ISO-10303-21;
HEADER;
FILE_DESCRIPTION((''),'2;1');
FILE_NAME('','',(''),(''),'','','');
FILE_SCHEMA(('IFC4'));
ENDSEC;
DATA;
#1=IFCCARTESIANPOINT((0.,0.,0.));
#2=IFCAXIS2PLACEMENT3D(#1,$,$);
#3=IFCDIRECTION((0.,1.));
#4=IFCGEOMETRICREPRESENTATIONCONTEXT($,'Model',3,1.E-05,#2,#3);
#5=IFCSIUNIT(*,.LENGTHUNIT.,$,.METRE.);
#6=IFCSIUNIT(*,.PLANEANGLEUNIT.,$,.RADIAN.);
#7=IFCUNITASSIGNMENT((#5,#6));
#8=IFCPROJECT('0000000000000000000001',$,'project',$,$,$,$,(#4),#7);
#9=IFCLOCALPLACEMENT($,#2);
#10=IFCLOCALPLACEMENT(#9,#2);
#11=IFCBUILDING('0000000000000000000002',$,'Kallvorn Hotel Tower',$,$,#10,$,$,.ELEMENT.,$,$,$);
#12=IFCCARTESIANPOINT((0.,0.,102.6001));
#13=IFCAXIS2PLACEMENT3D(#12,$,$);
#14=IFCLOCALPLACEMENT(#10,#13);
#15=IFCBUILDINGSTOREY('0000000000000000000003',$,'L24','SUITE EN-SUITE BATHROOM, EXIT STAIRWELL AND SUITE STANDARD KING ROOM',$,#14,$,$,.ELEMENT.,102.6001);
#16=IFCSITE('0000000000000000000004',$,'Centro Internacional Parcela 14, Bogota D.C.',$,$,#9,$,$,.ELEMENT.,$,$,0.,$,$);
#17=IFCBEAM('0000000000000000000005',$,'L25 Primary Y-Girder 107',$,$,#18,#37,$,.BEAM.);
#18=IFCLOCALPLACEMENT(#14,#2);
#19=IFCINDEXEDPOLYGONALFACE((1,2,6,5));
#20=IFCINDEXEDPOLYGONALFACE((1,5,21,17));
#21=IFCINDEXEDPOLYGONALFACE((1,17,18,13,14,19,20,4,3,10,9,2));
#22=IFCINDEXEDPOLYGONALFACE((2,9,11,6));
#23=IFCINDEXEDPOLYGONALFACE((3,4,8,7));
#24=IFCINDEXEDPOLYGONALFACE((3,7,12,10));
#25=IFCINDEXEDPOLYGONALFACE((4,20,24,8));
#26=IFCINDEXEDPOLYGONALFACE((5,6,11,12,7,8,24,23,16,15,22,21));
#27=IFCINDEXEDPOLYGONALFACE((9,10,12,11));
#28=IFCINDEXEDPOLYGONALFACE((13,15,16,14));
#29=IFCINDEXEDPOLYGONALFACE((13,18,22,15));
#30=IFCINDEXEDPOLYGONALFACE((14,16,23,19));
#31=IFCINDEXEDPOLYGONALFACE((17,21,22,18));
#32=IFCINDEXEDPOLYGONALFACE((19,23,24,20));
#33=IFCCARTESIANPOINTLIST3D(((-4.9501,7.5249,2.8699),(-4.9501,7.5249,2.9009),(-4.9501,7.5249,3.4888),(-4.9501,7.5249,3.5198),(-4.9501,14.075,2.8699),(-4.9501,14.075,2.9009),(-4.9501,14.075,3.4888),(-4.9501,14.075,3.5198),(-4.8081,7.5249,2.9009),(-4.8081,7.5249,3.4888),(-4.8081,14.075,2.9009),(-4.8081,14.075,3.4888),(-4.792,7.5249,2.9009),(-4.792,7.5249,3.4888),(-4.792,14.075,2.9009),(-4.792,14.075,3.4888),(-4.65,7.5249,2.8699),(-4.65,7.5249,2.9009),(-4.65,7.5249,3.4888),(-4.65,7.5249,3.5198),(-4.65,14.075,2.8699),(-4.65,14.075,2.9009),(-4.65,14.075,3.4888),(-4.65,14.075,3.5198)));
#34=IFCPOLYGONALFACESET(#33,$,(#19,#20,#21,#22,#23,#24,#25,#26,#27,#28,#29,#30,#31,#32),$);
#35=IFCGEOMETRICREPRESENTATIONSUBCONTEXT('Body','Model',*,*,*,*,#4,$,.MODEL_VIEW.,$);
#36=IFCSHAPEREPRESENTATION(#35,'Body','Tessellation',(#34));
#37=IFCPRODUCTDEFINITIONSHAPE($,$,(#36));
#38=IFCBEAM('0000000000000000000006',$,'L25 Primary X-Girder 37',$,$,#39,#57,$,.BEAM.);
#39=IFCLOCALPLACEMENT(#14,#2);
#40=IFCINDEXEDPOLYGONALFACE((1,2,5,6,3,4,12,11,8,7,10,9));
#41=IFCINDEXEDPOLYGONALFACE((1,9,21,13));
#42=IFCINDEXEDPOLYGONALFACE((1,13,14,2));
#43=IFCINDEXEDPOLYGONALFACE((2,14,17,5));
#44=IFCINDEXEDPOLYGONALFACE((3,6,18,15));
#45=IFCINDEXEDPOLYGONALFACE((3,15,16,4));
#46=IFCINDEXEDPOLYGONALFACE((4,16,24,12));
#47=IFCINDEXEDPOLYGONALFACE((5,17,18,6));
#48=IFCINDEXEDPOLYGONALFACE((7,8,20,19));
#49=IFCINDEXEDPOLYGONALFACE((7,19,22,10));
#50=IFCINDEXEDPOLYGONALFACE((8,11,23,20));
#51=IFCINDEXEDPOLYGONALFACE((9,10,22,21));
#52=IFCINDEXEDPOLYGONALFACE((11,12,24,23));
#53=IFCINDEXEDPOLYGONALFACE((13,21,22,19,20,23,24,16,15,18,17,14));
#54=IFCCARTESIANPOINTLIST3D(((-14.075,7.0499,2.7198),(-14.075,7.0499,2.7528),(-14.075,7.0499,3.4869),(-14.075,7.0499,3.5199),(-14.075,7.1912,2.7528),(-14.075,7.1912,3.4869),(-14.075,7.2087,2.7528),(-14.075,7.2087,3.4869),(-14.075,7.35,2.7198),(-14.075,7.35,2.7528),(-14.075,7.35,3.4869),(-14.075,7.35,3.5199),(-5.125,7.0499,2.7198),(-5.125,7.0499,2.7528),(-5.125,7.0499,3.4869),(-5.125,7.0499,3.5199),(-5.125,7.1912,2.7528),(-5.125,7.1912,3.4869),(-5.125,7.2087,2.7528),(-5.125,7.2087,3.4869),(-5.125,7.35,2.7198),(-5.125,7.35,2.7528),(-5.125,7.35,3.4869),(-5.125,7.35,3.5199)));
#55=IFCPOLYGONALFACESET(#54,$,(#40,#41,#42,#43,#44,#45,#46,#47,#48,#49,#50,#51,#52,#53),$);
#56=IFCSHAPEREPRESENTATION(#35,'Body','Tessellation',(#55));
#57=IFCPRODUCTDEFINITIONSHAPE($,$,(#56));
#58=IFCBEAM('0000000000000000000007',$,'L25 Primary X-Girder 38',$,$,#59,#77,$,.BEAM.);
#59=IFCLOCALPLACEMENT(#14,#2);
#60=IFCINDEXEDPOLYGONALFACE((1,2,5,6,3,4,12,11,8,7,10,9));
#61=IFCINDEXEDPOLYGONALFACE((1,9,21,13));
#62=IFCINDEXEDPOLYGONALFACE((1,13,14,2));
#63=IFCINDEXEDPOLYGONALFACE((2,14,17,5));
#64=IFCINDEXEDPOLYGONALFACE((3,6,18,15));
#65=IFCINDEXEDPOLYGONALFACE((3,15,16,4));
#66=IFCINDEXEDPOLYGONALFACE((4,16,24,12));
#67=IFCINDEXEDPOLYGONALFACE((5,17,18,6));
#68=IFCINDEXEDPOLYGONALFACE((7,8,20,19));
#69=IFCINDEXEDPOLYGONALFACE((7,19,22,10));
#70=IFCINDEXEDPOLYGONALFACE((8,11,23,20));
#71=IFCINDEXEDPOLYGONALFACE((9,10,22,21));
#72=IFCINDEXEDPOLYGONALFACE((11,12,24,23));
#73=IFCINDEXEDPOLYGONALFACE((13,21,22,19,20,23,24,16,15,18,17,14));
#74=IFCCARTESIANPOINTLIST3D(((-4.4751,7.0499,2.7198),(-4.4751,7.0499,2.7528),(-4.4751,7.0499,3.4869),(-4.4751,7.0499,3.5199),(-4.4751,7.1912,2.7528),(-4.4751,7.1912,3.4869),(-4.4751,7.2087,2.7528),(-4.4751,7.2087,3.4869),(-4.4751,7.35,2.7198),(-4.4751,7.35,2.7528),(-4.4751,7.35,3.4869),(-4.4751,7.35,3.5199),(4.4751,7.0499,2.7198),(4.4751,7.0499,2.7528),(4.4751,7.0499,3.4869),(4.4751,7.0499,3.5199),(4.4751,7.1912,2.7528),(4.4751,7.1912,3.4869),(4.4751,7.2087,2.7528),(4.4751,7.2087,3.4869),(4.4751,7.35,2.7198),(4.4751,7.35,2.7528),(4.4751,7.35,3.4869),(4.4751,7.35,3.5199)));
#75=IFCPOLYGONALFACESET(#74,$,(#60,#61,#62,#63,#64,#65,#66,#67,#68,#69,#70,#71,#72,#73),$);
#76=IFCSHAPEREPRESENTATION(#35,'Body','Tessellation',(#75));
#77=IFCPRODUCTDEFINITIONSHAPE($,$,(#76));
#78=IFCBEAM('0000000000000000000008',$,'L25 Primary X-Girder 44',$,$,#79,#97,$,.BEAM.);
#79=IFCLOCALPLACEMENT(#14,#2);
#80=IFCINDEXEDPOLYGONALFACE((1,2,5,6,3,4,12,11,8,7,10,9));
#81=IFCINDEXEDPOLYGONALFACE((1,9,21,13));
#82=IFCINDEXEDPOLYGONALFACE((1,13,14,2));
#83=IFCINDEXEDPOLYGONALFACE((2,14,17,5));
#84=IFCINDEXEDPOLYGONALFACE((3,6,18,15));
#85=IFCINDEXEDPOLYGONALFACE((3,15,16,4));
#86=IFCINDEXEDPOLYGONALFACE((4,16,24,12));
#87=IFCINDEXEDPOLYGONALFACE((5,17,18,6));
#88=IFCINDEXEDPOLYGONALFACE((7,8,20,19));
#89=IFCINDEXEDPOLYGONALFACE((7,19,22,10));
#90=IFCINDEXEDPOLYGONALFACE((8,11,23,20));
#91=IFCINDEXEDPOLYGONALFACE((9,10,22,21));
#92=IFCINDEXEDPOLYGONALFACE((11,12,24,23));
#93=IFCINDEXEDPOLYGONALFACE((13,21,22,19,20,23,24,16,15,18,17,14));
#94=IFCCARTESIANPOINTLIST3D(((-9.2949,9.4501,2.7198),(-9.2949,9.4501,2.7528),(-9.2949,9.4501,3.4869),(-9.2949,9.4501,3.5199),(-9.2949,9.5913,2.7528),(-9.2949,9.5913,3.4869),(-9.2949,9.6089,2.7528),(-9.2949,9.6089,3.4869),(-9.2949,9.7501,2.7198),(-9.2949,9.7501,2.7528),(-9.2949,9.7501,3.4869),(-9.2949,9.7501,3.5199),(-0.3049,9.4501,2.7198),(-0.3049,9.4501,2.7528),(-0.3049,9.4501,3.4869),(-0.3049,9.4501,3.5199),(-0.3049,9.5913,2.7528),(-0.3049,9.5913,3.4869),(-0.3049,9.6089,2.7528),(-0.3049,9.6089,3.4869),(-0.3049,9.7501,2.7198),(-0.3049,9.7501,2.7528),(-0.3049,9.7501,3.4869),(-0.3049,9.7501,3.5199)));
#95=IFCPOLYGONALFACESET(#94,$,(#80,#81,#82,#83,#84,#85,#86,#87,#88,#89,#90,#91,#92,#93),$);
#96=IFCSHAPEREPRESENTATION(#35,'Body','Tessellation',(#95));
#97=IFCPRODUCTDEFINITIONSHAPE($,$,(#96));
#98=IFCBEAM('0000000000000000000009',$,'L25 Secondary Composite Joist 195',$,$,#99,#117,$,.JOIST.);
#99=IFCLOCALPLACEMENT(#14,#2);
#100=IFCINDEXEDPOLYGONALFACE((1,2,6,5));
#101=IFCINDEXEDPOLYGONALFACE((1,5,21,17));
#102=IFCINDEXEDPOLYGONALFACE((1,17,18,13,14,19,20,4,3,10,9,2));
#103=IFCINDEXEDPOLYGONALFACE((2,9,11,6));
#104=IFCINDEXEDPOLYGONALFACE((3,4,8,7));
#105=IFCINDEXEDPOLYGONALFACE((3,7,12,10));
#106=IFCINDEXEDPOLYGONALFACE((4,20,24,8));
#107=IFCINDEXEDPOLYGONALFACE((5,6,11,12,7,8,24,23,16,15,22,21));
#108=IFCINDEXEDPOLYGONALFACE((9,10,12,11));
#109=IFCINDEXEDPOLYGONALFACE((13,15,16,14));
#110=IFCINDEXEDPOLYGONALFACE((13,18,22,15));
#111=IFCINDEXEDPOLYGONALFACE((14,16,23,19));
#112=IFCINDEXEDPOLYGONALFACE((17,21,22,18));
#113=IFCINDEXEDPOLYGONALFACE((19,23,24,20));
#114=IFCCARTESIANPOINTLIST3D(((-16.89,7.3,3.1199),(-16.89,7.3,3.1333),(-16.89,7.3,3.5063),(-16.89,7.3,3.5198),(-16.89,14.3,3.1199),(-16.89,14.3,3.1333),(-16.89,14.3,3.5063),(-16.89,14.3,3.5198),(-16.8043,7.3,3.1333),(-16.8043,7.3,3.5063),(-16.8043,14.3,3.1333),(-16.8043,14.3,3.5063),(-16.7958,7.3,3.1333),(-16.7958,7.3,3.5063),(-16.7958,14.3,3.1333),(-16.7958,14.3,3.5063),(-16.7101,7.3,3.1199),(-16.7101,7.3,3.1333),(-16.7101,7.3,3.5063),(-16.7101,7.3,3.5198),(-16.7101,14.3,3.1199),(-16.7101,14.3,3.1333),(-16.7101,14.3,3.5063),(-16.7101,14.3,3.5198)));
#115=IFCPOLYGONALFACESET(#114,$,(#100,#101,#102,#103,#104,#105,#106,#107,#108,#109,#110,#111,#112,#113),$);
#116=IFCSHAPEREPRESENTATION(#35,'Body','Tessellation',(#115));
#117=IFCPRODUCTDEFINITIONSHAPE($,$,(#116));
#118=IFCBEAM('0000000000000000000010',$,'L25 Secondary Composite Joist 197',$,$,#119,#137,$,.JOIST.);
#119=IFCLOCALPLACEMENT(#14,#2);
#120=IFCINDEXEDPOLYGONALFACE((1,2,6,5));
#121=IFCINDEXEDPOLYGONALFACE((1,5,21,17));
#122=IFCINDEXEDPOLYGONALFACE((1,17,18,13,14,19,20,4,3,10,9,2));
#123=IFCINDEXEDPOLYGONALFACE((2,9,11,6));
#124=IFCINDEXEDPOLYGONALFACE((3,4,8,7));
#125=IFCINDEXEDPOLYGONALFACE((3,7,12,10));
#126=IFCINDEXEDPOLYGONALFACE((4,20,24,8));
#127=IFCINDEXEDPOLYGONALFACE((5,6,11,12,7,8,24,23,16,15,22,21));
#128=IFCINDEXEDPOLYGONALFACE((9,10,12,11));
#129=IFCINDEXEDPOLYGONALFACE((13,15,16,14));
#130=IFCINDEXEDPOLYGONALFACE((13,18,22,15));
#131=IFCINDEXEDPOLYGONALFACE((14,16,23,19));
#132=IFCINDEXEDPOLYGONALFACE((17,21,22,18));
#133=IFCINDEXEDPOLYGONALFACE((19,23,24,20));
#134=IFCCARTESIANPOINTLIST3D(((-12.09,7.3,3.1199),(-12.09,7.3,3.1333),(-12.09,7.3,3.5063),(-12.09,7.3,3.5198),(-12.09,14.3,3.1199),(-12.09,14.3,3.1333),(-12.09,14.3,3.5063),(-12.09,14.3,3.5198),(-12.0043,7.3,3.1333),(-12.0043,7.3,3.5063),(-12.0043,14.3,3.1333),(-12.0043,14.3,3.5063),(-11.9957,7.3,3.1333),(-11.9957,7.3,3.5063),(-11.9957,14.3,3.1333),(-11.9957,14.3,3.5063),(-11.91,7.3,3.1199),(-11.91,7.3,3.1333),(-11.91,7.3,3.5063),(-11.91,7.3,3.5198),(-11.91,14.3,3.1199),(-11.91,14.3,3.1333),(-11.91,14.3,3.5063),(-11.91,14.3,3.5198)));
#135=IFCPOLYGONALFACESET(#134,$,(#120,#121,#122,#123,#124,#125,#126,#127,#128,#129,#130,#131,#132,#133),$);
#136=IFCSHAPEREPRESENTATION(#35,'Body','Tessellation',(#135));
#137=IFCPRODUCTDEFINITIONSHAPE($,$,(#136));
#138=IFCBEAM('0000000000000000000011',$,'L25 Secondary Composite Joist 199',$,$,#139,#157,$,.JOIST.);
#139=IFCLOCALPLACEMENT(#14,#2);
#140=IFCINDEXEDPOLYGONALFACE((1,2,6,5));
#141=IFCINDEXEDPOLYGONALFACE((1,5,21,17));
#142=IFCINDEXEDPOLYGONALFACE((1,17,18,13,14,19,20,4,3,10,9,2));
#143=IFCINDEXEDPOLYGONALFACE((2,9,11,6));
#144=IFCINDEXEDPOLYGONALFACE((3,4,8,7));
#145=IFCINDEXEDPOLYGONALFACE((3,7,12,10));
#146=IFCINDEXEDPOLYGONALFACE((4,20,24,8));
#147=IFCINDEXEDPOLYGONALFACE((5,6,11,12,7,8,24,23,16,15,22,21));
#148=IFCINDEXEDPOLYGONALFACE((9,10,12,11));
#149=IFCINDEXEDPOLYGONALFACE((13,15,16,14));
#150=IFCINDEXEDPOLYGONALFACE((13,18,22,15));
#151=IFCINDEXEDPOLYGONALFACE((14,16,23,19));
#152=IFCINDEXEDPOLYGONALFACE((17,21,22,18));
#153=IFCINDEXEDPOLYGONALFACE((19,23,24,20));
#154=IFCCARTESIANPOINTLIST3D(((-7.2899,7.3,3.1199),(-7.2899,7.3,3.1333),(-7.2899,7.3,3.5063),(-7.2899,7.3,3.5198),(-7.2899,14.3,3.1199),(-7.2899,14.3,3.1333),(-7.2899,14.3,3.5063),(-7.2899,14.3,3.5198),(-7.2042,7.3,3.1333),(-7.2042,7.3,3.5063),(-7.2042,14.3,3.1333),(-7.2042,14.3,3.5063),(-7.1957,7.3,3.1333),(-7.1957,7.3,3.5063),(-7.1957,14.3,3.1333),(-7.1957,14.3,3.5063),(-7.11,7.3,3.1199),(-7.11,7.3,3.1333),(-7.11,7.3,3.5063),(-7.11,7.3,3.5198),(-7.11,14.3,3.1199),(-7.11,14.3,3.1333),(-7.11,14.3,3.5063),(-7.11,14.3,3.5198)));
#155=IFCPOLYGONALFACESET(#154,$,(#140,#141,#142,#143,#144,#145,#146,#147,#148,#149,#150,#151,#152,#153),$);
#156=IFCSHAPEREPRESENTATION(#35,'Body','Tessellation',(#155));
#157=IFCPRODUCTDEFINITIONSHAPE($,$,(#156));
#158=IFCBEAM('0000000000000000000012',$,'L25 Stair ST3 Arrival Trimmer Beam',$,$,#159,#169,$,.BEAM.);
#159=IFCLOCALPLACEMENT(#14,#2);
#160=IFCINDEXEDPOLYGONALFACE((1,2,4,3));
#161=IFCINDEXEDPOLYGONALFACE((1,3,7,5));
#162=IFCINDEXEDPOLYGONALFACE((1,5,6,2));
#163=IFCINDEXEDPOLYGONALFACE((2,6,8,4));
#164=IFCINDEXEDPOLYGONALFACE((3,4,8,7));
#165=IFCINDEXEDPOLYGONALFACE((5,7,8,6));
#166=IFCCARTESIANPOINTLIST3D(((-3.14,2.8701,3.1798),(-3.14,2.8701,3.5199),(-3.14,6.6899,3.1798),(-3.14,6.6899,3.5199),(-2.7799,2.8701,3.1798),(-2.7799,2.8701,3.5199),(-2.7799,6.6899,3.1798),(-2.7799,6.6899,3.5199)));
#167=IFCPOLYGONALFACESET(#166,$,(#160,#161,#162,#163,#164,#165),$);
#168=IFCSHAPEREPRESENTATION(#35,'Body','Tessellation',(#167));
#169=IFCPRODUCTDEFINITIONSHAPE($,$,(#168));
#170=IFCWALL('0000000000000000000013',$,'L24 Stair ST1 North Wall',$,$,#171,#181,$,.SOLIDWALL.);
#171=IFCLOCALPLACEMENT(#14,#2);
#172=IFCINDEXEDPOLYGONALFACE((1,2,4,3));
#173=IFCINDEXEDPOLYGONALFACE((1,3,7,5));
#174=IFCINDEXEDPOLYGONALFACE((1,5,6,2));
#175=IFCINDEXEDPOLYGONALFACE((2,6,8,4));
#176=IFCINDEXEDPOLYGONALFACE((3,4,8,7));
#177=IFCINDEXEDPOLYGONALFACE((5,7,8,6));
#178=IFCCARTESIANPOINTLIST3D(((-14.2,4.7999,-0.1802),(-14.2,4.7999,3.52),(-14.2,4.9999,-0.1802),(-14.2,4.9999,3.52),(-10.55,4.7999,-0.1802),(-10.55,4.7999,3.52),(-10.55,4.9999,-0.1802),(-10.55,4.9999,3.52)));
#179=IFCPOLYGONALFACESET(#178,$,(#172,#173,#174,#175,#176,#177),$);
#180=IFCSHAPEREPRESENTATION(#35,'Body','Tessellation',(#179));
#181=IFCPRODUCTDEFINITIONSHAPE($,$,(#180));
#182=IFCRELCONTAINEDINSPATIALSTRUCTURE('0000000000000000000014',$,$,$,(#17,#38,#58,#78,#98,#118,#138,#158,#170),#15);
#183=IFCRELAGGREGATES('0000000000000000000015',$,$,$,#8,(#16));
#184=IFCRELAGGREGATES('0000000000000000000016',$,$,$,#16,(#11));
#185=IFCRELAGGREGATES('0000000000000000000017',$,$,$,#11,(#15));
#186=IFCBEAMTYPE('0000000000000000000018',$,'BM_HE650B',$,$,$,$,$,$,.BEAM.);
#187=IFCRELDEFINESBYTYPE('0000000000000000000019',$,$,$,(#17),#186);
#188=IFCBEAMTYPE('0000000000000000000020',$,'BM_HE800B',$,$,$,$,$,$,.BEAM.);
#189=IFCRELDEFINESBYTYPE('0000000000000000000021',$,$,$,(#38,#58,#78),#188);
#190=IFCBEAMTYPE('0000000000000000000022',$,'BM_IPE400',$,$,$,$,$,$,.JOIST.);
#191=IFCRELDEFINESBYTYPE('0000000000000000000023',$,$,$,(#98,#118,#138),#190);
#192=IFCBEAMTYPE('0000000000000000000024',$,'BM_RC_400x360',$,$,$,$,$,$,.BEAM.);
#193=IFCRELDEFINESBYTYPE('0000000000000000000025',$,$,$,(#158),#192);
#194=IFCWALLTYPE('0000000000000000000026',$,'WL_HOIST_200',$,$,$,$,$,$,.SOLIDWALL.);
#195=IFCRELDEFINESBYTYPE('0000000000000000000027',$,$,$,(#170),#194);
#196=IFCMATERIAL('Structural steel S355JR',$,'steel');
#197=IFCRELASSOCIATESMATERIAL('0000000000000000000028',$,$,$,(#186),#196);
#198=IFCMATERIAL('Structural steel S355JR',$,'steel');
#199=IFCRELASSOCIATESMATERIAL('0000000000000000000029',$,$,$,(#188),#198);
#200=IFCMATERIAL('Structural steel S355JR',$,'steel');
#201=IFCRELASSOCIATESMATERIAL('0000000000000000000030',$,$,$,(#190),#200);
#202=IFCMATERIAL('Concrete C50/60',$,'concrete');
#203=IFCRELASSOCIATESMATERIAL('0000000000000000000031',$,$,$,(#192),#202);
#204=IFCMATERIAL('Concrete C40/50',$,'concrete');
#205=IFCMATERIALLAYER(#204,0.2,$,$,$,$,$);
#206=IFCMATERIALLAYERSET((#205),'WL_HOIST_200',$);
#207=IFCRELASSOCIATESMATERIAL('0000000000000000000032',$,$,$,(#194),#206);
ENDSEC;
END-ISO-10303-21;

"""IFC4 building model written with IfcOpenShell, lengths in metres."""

from ifc_helpers import new_model, si_unit, direction, frame, frame_2d, origin, origin_2d, place, context, subcontext, project, spatial, rectangle, i_section, extrude, material, layer, layer_set, material_profile, profile_set, type_object, element, save


model = new_model("IFC4")

# Units and contexts
model_context = context("Model", 3, precision=1e-05, world=origin(), true_north=direction((0.0, 1.0)))
body_context = subcontext(model_context, "Body", "Model", "MODEL_VIEW")
ifc_project = project(units=[si_unit("LENGTHUNIT", "METRE"), si_unit("PLANEANGLEUNIT", "RADIAN")], contexts=[model_context])

# Site, building, storey
site_placement = place(None, origin())
site = spatial("IfcSite", under=ifc_project, at=site_placement, Name="Centro Internacional Parcela 14, Bogota D.C.", CompositionType="ELEMENT", RefElevation=0.0)
building_placement = place(site_placement, origin())
building = spatial("IfcBuilding", under=site, at=building_placement, Name="Kallvorn Hotel Tower", CompositionType="ELEMENT")
storey_placement = place(building_placement, frame((0.0, 0.0, 102.6001)))
storey = spatial("IfcBuildingStorey", under=building, at=storey_placement, Name="L24", Description="SUITE EN-SUITE BATHROOM, EXIT STAIRWELL AND SUITE STANDARD KING ROOM", CompositionType="ELEMENT", Elevation=102.6001)

# Beams
ifc_material_1 = material(Name="Structural steel S355JR", Category="steel")
ifc_material_profile_1 = material_profile(ifc_material_1, i_section(OverallWidth=0.3, OverallDepth=0.6499, WebThickness=0.0161, FlangeThickness=0.031, at=origin_2d()), Name="HE 650 B")
ifc_profile_set_1 = profile_set([ifc_material_profile_1], Name="Structural steel S355JR")
beam_type_1 = type_object("IfcBeamType", Name="BM_HE650B", PredefinedType="BEAM", material=ifc_profile_set_1)
for number, where, z_axis, x_axis, name in (
    (1, (-4.8, 7.5249, 3.1948), (0.0, 1.0, 0.0), (-1.0, 0.0, 0.0), "L25 Primary Y-Girder 107"),
):
    element("IfcBeam", number, at=place(storey_placement, frame(where, z_axis=z_axis, x_axis=x_axis)), inside=storey, type_object=beam_type_1, Name=name, PredefinedType="BEAM", context=body_context, shape_type="SweptSolid", body=[
        extrude(i_section(OverallWidth=0.3, OverallDepth=0.6499, WebThickness=0.0161, FlangeThickness=0.031, at=origin_2d()), origin(), (0.0, 0.0, 1.0), 6.55),
    ])
ifc_material_2 = material(Name="Structural steel S355JR", Category="steel")
ifc_material_profile_2 = material_profile(ifc_material_2, i_section(OverallWidth=0.3, OverallDepth=0.8, WebThickness=0.0176, FlangeThickness=0.033, at=origin_2d()), Name="HE 800 B")
ifc_profile_set_2 = profile_set([ifc_material_profile_2], Name="Structural steel S355JR")
beam_type_2 = type_object("IfcBeamType", Name="BM_HE800B", PredefinedType="BEAM", material=ifc_profile_set_2)
beam_1_placement = place(storey_placement, frame((-14.075, 7.2, 3.1199), z_axis=(1.0, 0.0, 0.0), x_axis=(0.0, 1.0, 0.0)))
element("IfcBeam", 2, at=beam_1_placement, inside=storey, type_object=beam_type_2, Name="L25 Primary X-Girder 37", PredefinedType="BEAM", context=body_context, shape_type="SweptSolid", body=[
    extrude(i_section(OverallWidth=0.3, OverallDepth=0.8, WebThickness=0.0176, FlangeThickness=0.033, at=origin_2d()), origin(), (0.0, 0.0, 1.0), 8.95),
])
beam_2_placement = place(storey_placement, frame((-4.4751, 7.2, 3.1199), z_axis=(1.0, 0.0, 0.0), x_axis=(0.0, 1.0, 0.0)))
element("IfcBeam", 3, at=beam_2_placement, inside=storey, type_object=beam_type_2, Name="L25 Primary X-Girder 38", PredefinedType="BEAM", context=body_context, shape_type="SweptSolid", body=[
    extrude(i_section(OverallWidth=0.3, OverallDepth=0.8, WebThickness=0.0176, FlangeThickness=0.033, at=origin_2d()), origin(), (0.0, 0.0, 1.0), 8.9502),
])
beam_3_placement = place(storey_placement, frame((-9.2949, 9.6001, 3.1199), z_axis=(1.0, 0.0, 0.0), x_axis=(0.0, 1.0, 0.0)))
element("IfcBeam", 4, at=beam_3_placement, inside=storey, type_object=beam_type_2, Name="L25 Primary X-Girder 44", PredefinedType="BEAM", context=body_context, shape_type="SweptSolid", body=[
    extrude(i_section(OverallWidth=0.3, OverallDepth=0.8, WebThickness=0.0176, FlangeThickness=0.033, at=origin_2d()), origin(), (0.0, 0.0, 1.0), 8.99),
])
ifc_material_3 = material(Name="Structural steel S355JR", Category="steel")
ifc_material_profile_3 = material_profile(ifc_material_3, i_section(OverallWidth=0.1799, OverallDepth=0.3999, WebThickness=0.0085, FlangeThickness=0.0134, at=origin_2d()), Name="IPE 400")
ifc_profile_set_3 = profile_set([ifc_material_profile_3], Name="Structural steel S355JR")
beam_type_3 = type_object("IfcBeamType", Name="BM_IPE400", PredefinedType="JOIST", material=ifc_profile_set_3)
for number, where, z_axis, x_axis, name in (
    (5, (-16.8, 7.3, 3.3198), (0.0, 1.0, 0.0), (-1.0, 0.0, 0.0), "L25 Secondary Composite Joist 195"),
    (6, (-12.0, 7.3, 3.3198), (0.0, 1.0, 0.0), (-1.0, 0.0, 0.0), "L25 Secondary Composite Joist 197"),
    (7, (-7.2, 7.3, 3.3198), (0.0, 1.0, 0.0), (-1.0, 0.0, 0.0), "L25 Secondary Composite Joist 199"),
):
    element("IfcBeam", number, at=place(storey_placement, frame(where, z_axis=z_axis, x_axis=x_axis)), inside=storey, type_object=beam_type_3, Name=name, PredefinedType="JOIST", context=body_context, shape_type="SweptSolid", body=[
        extrude(i_section(OverallWidth=0.1799, OverallDepth=0.3999, WebThickness=0.0085, FlangeThickness=0.0134, at=origin_2d()), origin(), (0.0, 0.0, 1.0), 7.0),
    ])
ifc_material_4 = material(Name="Concrete C50/60", Category="concrete")
ifc_material_profile_4 = material_profile(ifc_material_4, rectangle(XDim=0.3601, YDim=0.3401, at=origin_2d()), Name="RC 360x340")
ifc_profile_set_4 = profile_set([ifc_material_profile_4], Name="Concrete C50/60")
beam_type_4 = type_object("IfcBeamType", Name="BM_RC_400x360", PredefinedType="BEAM", material=ifc_profile_set_4)
beam_4_placement = place(storey_placement, frame((-2.96, 2.8701, 3.3499), z_axis=(0.0, 1.0, 0.0), x_axis=(-1.0, 0.0, 0.0)))
element("IfcBeam", 8, at=beam_4_placement, inside=storey, type_object=beam_type_4, Name="L25 Stair ST3 Arrival Trimmer Beam", PredefinedType="BEAM", context=body_context, shape_type="SweptSolid", body=[
    extrude(rectangle(XDim=0.3601, YDim=0.3401, at=origin_2d()), origin(), (0.0, 0.0, 1.0), 3.8198),
])

# Wall
ifc_material_5 = material(Name="Concrete C40/50", Category="concrete")
ifc_layer_1 = layer(ifc_material_5, 0.2)
ifc_layer_set_1 = layer_set([ifc_layer_1], Name="WL_HOIST_200")
wall_type_1 = type_object("IfcWallType", Name="WL_HOIST_200", PredefinedType="SOLIDWALL", material=ifc_layer_set_1)
wall_1_placement = place(storey_placement, frame((-14.2, 4.8999, -0.1802), z_axis=(0.0, 0.0, 1.0), x_axis=(1.0, 0.0, 0.0)))
element("IfcWall", 9, at=wall_1_placement, inside=storey, type_object=wall_type_1, Name="L24 Stair ST1 North Wall", PredefinedType="SOLIDWALL", context=body_context, shape_type="SweptSolid", body=[
    extrude(rectangle(XDim=3.6499, YDim=0.2, at=frame_2d((1.825, 0.0))), origin(), (0.0, 0.0, 1.0), 3.7002),
])

save(model, "model.ifc")
